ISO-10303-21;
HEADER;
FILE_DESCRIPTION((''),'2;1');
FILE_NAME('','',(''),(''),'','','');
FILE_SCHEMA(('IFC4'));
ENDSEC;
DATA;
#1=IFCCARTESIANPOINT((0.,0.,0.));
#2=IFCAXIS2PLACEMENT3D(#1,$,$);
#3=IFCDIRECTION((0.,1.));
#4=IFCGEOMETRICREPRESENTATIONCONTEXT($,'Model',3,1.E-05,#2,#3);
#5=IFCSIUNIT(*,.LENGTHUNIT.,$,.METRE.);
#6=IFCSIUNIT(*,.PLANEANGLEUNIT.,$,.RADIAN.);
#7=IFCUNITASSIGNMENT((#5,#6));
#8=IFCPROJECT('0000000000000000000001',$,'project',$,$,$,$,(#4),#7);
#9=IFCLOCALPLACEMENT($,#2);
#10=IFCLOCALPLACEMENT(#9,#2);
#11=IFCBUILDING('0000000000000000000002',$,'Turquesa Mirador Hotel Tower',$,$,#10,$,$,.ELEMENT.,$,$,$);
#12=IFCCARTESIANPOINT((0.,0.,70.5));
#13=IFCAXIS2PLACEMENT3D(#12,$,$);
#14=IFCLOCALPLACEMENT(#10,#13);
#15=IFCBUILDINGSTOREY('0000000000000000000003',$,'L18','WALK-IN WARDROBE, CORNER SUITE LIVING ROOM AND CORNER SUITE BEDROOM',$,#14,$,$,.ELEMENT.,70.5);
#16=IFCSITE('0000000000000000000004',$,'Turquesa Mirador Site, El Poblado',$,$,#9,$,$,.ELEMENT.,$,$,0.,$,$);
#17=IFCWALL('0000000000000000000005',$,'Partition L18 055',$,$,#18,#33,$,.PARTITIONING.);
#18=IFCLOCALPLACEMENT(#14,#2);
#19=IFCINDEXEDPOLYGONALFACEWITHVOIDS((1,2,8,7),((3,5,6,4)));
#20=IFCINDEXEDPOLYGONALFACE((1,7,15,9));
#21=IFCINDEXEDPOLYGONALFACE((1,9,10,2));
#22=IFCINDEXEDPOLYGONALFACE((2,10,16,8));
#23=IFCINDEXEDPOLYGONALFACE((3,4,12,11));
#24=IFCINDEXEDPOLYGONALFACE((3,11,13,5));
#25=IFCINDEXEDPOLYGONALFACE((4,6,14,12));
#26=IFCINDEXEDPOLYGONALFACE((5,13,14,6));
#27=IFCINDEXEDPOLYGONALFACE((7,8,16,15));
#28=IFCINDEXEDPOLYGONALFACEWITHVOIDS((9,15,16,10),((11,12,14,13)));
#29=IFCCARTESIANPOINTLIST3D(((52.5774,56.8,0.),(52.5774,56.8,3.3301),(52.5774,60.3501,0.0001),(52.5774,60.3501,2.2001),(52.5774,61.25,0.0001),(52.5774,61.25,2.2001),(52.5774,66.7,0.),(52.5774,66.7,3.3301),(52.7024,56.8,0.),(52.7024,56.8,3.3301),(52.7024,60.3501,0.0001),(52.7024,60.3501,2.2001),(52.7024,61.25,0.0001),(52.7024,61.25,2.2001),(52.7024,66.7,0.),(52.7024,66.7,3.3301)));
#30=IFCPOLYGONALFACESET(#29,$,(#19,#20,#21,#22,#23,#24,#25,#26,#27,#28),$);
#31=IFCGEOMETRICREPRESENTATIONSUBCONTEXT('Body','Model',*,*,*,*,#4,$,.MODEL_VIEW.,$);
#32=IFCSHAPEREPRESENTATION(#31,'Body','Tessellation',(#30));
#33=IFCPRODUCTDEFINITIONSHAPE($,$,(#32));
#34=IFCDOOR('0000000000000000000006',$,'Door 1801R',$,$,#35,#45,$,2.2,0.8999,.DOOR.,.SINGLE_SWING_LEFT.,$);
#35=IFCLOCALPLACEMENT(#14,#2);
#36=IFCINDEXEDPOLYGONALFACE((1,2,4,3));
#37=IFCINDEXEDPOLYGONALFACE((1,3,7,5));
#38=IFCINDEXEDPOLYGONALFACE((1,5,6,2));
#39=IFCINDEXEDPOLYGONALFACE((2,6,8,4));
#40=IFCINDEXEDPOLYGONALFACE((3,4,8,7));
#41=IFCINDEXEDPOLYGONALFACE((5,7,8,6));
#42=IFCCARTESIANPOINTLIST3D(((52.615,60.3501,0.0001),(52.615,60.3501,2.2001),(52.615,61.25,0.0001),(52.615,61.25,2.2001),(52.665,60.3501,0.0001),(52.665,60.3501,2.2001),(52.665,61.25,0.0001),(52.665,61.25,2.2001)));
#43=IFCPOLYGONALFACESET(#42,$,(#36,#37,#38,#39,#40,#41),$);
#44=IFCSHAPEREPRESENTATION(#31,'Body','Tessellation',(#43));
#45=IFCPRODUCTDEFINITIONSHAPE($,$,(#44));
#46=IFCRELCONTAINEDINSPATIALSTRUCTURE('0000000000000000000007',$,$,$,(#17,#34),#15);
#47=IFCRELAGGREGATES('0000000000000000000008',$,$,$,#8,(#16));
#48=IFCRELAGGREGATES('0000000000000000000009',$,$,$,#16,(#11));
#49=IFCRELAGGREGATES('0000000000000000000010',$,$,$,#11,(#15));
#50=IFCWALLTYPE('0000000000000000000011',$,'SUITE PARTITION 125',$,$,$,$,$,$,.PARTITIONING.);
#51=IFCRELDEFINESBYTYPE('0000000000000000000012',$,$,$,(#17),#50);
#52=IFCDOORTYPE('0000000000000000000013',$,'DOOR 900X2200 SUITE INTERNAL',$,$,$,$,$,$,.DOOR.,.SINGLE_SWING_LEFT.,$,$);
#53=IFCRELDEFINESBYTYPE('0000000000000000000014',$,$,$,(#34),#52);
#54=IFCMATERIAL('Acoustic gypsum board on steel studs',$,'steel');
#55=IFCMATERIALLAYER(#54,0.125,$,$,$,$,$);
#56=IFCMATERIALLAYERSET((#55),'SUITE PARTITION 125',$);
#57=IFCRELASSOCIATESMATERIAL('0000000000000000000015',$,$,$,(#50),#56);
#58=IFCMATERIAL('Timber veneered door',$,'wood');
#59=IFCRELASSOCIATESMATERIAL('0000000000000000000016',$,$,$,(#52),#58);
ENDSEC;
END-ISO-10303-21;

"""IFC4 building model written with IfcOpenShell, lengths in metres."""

from ifc_helpers import new_model, si_unit, direction, frame, frame_2d, origin, place, context, subcontext, project, spatial, rectangle, extrude, material, layer, layer_set, type_object, element, fill, save


model = new_model("IFC4")

# Units and contexts
model_context = context("Model", 3, precision=1e-05, world=origin(), true_north=direction((0.0, 1.0)))
body_context = subcontext(model_context, "Body", "Model", "MODEL_VIEW")
ifc_project = project(units=[si_unit("LENGTHUNIT", "METRE"), si_unit("PLANEANGLEUNIT", "RADIAN")], contexts=[model_context])

# Site, building, storey
site_placement = place(None, origin())
site = spatial("IfcSite", under=ifc_project, at=site_placement, Name="Turquesa Mirador Site, El Poblado", CompositionType="ELEMENT", RefElevation=0.0)
building_placement = place(site_placement, origin())
building = spatial("IfcBuilding", under=site, at=building_placement, Name="Turquesa Mirador Hotel Tower", CompositionType="ELEMENT")
storey_placement = place(building_placement, frame((0.0, 0.0, 70.5)))
storey = spatial("IfcBuildingStorey", under=building, at=storey_placement, Name="L18", Description="WALK-IN WARDROBE, CORNER SUITE LIVING ROOM AND CORNER SUITE BEDROOM", CompositionType="ELEMENT", Elevation=70.5)

# Wall, opening, door
ifc_material_1 = material(Name="Acoustic gypsum board on steel studs", Category="steel")
ifc_layer_1 = layer(ifc_material_1, 0.125)
ifc_layer_set_1 = layer_set([ifc_layer_1], Name="SUITE PARTITION 125")
wall_type_1 = type_object("IfcWallType", Name="SUITE PARTITION 125", PredefinedType="PARTITIONING", material=ifc_layer_set_1)
wall_1_placement = place(storey_placement, frame((52.6399, 56.8, 0.0), z_axis=(0.0, 0.0, 1.0), x_axis=(0.0, 1.0, 0.0)))
wall_1 = element("IfcWall", 1, at=wall_1_placement, inside=storey, type_object=wall_type_1, Name="Partition L18 055", PredefinedType="PARTITIONING", context=body_context, shape_type="SweptSolid", body=[
    extrude(rectangle(XDim=9.8999, YDim=0.125, at=frame_2d((4.95, 0.0))), origin(), (0.0, 0.0, 1.0), 3.3301),
])
opening_1_placement = place(wall_1_placement, frame((3.55, 0.0, 0.0)))
opening_1 = element("IfcOpeningElement", 2, at=opening_1_placement, cuts=wall_1, PredefinedType="OPENING", context=body_context, shape_type="SweptSolid", body=[
    extrude(rectangle(XDim=0.8999, YDim=2.2, at=frame_2d((0.45, 1.1001))), frame((0.0, 0.0725, 0.0), z_axis=(0.0, -1.0, 0.0), x_axis=(1.0, 0.0, 0.0)), (0.0, 0.0, 1.0), 0.145),
])
ifc_material_2 = material(Name="Timber veneered door", Category="wood")
door_type_1 = type_object("IfcDoorType", Name="DOOR 900X2200 SUITE INTERNAL", OperationType="SINGLE_SWING_LEFT", PredefinedType="DOOR", material=ifc_material_2)
door_1_placement = place(opening_1_placement, origin())
door_1 = element("IfcDoor", 3, at=door_1_placement, inside=storey, type_object=door_type_1, Name="Door 1801R", OperationType="SINGLE_SWING_LEFT", OverallHeight=2.2, OverallWidth=0.8999, PredefinedType="DOOR", context=body_context, shape_type="SweptSolid", body=[
    extrude(rectangle(XDim=0.8999, YDim=2.2, at=frame_2d((0.45, 1.1001))), frame((0.0, 0.0249, 0.0), z_axis=(0.0, -1.0, 0.0), x_axis=(1.0, 0.0, 0.0)), (0.0, 0.0, 1.0), 0.05),
])
fill(opening_1, door_1)

save(model, "model.ifc")
